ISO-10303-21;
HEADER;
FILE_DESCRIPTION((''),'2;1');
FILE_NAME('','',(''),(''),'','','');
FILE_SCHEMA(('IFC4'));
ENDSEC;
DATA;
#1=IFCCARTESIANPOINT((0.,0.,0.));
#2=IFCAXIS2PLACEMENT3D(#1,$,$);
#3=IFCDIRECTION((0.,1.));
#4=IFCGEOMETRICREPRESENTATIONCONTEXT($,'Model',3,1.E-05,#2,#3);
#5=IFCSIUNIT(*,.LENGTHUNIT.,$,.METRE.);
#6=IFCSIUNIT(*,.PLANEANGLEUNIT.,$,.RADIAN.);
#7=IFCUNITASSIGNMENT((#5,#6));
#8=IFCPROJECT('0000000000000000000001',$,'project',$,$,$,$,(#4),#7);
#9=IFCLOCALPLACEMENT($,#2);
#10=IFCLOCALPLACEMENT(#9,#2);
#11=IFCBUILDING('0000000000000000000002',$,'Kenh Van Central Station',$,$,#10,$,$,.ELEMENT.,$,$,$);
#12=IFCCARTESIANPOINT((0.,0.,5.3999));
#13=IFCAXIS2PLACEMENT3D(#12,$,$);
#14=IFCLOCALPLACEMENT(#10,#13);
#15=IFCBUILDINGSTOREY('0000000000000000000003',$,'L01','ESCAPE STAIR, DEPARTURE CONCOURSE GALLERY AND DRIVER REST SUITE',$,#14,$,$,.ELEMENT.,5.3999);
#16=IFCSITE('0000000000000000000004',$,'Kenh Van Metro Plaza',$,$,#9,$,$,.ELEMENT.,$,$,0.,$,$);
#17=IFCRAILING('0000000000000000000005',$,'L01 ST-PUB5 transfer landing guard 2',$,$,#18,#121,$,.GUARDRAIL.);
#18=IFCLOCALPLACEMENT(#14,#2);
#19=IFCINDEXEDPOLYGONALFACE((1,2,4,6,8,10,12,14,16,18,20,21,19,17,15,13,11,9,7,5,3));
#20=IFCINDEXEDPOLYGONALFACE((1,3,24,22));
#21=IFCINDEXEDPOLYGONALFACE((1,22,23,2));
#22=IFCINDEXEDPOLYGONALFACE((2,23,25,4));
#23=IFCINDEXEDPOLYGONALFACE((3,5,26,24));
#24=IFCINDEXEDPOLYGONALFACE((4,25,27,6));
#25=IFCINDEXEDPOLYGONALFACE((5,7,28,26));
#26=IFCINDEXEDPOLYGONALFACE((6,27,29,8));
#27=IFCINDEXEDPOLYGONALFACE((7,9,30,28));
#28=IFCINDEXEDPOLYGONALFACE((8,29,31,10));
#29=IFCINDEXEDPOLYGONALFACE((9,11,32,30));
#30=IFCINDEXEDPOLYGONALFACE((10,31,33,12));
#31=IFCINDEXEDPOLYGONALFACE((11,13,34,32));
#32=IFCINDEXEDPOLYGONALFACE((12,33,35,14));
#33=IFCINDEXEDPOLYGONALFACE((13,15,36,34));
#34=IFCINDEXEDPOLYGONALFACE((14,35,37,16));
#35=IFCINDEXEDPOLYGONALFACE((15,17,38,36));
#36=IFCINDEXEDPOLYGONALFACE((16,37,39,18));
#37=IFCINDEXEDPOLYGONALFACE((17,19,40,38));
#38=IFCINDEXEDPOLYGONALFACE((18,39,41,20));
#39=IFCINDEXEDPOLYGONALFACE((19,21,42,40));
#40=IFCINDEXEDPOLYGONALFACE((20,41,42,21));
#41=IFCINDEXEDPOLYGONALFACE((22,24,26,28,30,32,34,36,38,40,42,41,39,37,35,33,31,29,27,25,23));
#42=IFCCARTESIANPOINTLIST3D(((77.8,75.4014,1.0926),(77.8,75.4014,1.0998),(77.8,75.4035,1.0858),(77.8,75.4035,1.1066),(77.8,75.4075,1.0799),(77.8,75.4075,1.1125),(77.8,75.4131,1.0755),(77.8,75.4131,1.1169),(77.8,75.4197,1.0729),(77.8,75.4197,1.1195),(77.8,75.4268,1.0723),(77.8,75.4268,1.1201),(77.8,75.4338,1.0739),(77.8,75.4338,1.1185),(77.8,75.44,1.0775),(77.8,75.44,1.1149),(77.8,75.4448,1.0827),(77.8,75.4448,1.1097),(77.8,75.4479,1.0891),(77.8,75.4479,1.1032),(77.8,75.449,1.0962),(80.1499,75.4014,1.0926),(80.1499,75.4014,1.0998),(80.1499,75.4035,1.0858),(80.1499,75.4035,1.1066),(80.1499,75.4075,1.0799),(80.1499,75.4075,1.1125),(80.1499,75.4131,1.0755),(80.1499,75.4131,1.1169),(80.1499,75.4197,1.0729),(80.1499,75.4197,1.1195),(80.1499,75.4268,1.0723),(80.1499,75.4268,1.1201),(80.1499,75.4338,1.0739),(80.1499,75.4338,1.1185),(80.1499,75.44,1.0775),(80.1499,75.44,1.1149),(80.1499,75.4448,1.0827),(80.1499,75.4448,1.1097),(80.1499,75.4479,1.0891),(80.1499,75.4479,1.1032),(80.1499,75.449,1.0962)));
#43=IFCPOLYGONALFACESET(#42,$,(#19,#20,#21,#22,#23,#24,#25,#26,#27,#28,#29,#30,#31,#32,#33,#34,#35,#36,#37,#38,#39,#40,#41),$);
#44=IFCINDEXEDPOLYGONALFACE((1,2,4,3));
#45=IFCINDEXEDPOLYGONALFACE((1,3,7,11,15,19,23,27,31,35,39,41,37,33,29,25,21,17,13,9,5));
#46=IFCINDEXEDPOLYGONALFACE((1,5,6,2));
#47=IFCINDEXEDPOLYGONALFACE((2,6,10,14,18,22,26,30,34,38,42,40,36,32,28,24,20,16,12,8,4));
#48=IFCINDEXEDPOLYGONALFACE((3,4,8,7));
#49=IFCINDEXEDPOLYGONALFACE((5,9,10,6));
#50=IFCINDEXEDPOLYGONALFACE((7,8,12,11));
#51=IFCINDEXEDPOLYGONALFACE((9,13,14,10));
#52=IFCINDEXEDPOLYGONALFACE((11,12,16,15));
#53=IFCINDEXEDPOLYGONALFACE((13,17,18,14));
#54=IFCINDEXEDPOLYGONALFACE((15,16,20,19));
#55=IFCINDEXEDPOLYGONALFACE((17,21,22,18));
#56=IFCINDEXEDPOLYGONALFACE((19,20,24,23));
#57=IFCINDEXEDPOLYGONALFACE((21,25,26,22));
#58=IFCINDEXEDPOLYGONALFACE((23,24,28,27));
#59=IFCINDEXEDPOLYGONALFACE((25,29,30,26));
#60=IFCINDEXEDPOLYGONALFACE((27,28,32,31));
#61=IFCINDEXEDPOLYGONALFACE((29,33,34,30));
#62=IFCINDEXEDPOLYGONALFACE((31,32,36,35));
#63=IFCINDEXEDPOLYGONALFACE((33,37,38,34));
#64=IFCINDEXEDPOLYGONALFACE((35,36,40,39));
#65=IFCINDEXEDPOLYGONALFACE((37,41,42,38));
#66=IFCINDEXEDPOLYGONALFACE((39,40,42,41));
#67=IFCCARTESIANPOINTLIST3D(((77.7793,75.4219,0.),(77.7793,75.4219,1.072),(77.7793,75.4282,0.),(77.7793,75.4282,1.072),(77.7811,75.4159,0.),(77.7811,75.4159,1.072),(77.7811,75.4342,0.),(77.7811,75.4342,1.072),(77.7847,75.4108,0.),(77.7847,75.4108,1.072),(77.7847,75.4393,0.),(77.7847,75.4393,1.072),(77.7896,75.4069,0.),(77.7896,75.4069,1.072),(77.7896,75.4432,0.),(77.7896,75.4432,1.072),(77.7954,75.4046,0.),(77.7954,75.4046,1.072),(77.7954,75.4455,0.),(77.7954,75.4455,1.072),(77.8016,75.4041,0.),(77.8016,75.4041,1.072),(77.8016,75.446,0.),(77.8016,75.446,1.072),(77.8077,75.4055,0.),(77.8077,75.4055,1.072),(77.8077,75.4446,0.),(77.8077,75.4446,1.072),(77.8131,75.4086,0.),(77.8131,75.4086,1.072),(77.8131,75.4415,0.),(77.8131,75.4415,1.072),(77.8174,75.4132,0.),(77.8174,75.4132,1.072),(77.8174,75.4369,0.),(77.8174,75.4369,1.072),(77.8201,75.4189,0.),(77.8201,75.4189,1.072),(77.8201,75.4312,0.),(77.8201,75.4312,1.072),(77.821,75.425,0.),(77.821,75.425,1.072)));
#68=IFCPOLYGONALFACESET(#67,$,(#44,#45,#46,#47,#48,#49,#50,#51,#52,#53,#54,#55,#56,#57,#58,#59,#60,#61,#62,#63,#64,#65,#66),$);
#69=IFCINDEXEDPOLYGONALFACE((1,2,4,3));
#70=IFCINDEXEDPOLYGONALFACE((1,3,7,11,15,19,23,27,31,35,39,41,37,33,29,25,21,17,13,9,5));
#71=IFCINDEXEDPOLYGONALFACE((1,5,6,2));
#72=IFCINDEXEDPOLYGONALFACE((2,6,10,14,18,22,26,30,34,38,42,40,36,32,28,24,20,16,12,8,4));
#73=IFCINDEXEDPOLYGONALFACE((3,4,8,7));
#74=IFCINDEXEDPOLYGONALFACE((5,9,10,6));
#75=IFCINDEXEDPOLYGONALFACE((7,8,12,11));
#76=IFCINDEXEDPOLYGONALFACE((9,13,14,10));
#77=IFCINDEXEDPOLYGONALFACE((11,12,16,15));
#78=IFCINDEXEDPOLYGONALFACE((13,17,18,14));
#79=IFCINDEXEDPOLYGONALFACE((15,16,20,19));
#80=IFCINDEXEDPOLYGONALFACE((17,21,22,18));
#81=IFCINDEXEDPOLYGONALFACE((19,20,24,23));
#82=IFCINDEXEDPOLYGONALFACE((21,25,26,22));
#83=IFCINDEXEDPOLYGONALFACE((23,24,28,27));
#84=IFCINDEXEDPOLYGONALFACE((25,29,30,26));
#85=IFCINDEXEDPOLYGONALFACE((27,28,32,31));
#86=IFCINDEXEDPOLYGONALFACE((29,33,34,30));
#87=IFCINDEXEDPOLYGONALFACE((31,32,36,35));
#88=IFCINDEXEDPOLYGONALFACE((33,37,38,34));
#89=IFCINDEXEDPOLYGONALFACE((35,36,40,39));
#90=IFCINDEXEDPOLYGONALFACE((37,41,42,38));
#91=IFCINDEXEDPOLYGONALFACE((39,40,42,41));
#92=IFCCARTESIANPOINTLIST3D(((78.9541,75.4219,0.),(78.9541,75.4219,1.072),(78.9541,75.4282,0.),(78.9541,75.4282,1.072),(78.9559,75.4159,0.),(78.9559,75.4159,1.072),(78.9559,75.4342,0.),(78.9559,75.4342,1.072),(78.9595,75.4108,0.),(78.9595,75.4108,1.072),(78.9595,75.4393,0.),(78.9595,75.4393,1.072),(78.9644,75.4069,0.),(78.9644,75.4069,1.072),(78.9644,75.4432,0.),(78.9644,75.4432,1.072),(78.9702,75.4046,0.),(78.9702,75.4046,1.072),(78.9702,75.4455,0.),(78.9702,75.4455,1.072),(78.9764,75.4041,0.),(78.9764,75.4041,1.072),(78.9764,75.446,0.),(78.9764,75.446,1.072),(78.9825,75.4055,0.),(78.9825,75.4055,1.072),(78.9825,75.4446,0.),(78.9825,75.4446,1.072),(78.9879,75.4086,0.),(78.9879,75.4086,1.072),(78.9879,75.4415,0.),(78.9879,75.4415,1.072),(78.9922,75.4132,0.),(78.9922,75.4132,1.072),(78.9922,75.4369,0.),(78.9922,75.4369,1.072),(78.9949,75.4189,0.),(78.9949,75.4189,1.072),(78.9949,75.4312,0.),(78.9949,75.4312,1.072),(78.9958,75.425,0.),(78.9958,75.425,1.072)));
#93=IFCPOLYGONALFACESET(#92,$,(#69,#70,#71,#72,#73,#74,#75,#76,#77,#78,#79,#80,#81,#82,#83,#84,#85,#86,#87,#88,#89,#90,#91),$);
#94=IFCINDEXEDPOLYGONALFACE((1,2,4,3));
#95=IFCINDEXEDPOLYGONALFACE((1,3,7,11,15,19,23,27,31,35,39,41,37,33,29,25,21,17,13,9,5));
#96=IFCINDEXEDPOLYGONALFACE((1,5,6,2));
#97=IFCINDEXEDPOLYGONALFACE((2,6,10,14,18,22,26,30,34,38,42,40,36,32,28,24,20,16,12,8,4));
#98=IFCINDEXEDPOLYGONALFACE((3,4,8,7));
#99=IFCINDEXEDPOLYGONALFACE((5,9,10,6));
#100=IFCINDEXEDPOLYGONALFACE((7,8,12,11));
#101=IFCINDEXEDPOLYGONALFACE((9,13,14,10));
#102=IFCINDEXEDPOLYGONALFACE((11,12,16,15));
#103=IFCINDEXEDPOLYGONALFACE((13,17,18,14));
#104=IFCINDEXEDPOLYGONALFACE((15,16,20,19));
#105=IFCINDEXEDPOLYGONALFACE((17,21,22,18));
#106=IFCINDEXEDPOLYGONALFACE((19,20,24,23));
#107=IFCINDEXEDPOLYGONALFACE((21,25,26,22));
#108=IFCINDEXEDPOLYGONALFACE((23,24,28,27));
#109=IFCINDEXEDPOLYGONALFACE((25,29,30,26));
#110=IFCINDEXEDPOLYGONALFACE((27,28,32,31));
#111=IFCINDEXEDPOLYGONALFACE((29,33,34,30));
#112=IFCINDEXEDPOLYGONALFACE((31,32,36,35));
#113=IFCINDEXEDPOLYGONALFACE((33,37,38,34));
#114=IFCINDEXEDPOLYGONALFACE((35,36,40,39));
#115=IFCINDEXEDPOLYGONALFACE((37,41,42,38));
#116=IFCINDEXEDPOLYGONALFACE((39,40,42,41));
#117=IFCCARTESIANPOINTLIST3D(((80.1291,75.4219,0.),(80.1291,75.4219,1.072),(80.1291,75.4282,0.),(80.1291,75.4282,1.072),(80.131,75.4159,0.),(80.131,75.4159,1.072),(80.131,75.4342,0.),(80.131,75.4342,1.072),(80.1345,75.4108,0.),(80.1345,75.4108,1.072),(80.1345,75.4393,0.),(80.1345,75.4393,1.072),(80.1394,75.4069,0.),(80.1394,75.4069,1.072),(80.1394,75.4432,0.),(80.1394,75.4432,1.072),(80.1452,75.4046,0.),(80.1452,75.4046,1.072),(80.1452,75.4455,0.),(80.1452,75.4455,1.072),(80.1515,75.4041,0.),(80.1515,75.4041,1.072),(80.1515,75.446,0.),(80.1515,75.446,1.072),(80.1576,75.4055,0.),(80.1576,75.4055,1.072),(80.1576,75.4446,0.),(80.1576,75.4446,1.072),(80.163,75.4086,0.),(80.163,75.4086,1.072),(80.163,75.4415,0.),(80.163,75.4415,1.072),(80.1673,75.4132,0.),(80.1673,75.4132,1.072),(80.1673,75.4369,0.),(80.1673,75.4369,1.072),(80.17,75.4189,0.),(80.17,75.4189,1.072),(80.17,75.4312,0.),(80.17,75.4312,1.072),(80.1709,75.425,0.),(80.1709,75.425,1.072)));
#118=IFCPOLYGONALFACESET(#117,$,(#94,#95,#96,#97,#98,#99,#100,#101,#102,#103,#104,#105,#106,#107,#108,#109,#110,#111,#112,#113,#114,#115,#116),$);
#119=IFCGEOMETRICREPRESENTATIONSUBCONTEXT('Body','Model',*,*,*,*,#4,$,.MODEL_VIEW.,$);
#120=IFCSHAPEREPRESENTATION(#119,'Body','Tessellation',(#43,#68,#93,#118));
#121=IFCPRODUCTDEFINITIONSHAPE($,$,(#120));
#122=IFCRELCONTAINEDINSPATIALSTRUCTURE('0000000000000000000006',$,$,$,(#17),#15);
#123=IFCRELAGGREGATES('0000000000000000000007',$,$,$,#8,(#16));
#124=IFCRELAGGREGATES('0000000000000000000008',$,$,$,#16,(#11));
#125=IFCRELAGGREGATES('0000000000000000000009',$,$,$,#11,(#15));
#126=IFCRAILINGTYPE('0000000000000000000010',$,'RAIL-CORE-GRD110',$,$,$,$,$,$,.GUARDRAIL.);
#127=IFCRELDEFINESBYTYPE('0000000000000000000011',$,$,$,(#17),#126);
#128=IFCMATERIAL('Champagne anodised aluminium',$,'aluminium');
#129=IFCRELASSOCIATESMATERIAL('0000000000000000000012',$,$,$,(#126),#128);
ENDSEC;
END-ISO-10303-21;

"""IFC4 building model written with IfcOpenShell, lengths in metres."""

from ifc_helpers import new_model, si_unit, direction, frame, origin, origin_2d, place, context, subcontext, project, spatial, circle, extrude, material, type_object, element, save


model = new_model("IFC4")

# Units and contexts
model_context = context("Model", 3, precision=1e-05, world=origin(), true_north=direction((0.0, 1.0)))
body_context = subcontext(model_context, "Body", "Model", "MODEL_VIEW")
ifc_project = project(units=[si_unit("LENGTHUNIT", "METRE"), si_unit("PLANEANGLEUNIT", "RADIAN")], contexts=[model_context])

# Site, building, storey
site_placement = place(None, origin())
site = spatial("IfcSite", under=ifc_project, at=site_placement, Name="Kenh Van Metro Plaza", CompositionType="ELEMENT", RefElevation=0.0)
building_placement = place(site_placement, origin())
building = spatial("IfcBuilding", under=site, at=building_placement, Name="Kenh Van Central Station", CompositionType="ELEMENT")
storey_placement = place(building_placement, frame((0.0, 0.0, 5.3999)))
storey = spatial("IfcBuildingStorey", under=building, at=storey_placement, Name="L01", Description="ESCAPE STAIR, DEPARTURE CONCOURSE GALLERY AND DRIVER REST SUITE", CompositionType="ELEMENT", Elevation=5.3999)

# Shared definitions
ifc_material_1 = material(Name="Champagne anodised aluminium", Category="aluminium")

# Railing
railing_type_1 = type_object("IfcRailingType", Name="RAIL-CORE-GRD110", PredefinedType="GUARDRAIL", material=ifc_material_1)
railing_1_placement = place(storey_placement, frame((77.8, 75.425, 0.0)))
element("IfcRailing", 1, at=railing_1_placement, inside=storey, type_object=railing_type_1, Name="L01 ST-PUB5 transfer landing guard 2", PredefinedType="GUARDRAIL", context=body_context, shape_type="SweptSolid", body=[
    extrude(circle(Radius=0.0239, at=origin_2d()), frame((0.0, 0.0, 1.0962), z_axis=(1.0, 0.0, 0.0), x_axis=(0.0, 1.0, 0.0)), (0.0, 0.0, 1.0), 2.3499),
    extrude(circle(Radius=0.021, at=origin_2d()), origin(), (0.0, 0.0, 1.0), 1.072),
    extrude(circle(Radius=0.021, at=origin_2d()), frame((1.1748, 0.0, 0.0)), (0.0, 0.0, 1.0), 1.072),
    extrude(circle(Radius=0.021, at=origin_2d()), frame((2.3499, 0.0, 0.0)), (0.0, 0.0, 1.0), 1.072),
])

save(model, "model.ifc")
